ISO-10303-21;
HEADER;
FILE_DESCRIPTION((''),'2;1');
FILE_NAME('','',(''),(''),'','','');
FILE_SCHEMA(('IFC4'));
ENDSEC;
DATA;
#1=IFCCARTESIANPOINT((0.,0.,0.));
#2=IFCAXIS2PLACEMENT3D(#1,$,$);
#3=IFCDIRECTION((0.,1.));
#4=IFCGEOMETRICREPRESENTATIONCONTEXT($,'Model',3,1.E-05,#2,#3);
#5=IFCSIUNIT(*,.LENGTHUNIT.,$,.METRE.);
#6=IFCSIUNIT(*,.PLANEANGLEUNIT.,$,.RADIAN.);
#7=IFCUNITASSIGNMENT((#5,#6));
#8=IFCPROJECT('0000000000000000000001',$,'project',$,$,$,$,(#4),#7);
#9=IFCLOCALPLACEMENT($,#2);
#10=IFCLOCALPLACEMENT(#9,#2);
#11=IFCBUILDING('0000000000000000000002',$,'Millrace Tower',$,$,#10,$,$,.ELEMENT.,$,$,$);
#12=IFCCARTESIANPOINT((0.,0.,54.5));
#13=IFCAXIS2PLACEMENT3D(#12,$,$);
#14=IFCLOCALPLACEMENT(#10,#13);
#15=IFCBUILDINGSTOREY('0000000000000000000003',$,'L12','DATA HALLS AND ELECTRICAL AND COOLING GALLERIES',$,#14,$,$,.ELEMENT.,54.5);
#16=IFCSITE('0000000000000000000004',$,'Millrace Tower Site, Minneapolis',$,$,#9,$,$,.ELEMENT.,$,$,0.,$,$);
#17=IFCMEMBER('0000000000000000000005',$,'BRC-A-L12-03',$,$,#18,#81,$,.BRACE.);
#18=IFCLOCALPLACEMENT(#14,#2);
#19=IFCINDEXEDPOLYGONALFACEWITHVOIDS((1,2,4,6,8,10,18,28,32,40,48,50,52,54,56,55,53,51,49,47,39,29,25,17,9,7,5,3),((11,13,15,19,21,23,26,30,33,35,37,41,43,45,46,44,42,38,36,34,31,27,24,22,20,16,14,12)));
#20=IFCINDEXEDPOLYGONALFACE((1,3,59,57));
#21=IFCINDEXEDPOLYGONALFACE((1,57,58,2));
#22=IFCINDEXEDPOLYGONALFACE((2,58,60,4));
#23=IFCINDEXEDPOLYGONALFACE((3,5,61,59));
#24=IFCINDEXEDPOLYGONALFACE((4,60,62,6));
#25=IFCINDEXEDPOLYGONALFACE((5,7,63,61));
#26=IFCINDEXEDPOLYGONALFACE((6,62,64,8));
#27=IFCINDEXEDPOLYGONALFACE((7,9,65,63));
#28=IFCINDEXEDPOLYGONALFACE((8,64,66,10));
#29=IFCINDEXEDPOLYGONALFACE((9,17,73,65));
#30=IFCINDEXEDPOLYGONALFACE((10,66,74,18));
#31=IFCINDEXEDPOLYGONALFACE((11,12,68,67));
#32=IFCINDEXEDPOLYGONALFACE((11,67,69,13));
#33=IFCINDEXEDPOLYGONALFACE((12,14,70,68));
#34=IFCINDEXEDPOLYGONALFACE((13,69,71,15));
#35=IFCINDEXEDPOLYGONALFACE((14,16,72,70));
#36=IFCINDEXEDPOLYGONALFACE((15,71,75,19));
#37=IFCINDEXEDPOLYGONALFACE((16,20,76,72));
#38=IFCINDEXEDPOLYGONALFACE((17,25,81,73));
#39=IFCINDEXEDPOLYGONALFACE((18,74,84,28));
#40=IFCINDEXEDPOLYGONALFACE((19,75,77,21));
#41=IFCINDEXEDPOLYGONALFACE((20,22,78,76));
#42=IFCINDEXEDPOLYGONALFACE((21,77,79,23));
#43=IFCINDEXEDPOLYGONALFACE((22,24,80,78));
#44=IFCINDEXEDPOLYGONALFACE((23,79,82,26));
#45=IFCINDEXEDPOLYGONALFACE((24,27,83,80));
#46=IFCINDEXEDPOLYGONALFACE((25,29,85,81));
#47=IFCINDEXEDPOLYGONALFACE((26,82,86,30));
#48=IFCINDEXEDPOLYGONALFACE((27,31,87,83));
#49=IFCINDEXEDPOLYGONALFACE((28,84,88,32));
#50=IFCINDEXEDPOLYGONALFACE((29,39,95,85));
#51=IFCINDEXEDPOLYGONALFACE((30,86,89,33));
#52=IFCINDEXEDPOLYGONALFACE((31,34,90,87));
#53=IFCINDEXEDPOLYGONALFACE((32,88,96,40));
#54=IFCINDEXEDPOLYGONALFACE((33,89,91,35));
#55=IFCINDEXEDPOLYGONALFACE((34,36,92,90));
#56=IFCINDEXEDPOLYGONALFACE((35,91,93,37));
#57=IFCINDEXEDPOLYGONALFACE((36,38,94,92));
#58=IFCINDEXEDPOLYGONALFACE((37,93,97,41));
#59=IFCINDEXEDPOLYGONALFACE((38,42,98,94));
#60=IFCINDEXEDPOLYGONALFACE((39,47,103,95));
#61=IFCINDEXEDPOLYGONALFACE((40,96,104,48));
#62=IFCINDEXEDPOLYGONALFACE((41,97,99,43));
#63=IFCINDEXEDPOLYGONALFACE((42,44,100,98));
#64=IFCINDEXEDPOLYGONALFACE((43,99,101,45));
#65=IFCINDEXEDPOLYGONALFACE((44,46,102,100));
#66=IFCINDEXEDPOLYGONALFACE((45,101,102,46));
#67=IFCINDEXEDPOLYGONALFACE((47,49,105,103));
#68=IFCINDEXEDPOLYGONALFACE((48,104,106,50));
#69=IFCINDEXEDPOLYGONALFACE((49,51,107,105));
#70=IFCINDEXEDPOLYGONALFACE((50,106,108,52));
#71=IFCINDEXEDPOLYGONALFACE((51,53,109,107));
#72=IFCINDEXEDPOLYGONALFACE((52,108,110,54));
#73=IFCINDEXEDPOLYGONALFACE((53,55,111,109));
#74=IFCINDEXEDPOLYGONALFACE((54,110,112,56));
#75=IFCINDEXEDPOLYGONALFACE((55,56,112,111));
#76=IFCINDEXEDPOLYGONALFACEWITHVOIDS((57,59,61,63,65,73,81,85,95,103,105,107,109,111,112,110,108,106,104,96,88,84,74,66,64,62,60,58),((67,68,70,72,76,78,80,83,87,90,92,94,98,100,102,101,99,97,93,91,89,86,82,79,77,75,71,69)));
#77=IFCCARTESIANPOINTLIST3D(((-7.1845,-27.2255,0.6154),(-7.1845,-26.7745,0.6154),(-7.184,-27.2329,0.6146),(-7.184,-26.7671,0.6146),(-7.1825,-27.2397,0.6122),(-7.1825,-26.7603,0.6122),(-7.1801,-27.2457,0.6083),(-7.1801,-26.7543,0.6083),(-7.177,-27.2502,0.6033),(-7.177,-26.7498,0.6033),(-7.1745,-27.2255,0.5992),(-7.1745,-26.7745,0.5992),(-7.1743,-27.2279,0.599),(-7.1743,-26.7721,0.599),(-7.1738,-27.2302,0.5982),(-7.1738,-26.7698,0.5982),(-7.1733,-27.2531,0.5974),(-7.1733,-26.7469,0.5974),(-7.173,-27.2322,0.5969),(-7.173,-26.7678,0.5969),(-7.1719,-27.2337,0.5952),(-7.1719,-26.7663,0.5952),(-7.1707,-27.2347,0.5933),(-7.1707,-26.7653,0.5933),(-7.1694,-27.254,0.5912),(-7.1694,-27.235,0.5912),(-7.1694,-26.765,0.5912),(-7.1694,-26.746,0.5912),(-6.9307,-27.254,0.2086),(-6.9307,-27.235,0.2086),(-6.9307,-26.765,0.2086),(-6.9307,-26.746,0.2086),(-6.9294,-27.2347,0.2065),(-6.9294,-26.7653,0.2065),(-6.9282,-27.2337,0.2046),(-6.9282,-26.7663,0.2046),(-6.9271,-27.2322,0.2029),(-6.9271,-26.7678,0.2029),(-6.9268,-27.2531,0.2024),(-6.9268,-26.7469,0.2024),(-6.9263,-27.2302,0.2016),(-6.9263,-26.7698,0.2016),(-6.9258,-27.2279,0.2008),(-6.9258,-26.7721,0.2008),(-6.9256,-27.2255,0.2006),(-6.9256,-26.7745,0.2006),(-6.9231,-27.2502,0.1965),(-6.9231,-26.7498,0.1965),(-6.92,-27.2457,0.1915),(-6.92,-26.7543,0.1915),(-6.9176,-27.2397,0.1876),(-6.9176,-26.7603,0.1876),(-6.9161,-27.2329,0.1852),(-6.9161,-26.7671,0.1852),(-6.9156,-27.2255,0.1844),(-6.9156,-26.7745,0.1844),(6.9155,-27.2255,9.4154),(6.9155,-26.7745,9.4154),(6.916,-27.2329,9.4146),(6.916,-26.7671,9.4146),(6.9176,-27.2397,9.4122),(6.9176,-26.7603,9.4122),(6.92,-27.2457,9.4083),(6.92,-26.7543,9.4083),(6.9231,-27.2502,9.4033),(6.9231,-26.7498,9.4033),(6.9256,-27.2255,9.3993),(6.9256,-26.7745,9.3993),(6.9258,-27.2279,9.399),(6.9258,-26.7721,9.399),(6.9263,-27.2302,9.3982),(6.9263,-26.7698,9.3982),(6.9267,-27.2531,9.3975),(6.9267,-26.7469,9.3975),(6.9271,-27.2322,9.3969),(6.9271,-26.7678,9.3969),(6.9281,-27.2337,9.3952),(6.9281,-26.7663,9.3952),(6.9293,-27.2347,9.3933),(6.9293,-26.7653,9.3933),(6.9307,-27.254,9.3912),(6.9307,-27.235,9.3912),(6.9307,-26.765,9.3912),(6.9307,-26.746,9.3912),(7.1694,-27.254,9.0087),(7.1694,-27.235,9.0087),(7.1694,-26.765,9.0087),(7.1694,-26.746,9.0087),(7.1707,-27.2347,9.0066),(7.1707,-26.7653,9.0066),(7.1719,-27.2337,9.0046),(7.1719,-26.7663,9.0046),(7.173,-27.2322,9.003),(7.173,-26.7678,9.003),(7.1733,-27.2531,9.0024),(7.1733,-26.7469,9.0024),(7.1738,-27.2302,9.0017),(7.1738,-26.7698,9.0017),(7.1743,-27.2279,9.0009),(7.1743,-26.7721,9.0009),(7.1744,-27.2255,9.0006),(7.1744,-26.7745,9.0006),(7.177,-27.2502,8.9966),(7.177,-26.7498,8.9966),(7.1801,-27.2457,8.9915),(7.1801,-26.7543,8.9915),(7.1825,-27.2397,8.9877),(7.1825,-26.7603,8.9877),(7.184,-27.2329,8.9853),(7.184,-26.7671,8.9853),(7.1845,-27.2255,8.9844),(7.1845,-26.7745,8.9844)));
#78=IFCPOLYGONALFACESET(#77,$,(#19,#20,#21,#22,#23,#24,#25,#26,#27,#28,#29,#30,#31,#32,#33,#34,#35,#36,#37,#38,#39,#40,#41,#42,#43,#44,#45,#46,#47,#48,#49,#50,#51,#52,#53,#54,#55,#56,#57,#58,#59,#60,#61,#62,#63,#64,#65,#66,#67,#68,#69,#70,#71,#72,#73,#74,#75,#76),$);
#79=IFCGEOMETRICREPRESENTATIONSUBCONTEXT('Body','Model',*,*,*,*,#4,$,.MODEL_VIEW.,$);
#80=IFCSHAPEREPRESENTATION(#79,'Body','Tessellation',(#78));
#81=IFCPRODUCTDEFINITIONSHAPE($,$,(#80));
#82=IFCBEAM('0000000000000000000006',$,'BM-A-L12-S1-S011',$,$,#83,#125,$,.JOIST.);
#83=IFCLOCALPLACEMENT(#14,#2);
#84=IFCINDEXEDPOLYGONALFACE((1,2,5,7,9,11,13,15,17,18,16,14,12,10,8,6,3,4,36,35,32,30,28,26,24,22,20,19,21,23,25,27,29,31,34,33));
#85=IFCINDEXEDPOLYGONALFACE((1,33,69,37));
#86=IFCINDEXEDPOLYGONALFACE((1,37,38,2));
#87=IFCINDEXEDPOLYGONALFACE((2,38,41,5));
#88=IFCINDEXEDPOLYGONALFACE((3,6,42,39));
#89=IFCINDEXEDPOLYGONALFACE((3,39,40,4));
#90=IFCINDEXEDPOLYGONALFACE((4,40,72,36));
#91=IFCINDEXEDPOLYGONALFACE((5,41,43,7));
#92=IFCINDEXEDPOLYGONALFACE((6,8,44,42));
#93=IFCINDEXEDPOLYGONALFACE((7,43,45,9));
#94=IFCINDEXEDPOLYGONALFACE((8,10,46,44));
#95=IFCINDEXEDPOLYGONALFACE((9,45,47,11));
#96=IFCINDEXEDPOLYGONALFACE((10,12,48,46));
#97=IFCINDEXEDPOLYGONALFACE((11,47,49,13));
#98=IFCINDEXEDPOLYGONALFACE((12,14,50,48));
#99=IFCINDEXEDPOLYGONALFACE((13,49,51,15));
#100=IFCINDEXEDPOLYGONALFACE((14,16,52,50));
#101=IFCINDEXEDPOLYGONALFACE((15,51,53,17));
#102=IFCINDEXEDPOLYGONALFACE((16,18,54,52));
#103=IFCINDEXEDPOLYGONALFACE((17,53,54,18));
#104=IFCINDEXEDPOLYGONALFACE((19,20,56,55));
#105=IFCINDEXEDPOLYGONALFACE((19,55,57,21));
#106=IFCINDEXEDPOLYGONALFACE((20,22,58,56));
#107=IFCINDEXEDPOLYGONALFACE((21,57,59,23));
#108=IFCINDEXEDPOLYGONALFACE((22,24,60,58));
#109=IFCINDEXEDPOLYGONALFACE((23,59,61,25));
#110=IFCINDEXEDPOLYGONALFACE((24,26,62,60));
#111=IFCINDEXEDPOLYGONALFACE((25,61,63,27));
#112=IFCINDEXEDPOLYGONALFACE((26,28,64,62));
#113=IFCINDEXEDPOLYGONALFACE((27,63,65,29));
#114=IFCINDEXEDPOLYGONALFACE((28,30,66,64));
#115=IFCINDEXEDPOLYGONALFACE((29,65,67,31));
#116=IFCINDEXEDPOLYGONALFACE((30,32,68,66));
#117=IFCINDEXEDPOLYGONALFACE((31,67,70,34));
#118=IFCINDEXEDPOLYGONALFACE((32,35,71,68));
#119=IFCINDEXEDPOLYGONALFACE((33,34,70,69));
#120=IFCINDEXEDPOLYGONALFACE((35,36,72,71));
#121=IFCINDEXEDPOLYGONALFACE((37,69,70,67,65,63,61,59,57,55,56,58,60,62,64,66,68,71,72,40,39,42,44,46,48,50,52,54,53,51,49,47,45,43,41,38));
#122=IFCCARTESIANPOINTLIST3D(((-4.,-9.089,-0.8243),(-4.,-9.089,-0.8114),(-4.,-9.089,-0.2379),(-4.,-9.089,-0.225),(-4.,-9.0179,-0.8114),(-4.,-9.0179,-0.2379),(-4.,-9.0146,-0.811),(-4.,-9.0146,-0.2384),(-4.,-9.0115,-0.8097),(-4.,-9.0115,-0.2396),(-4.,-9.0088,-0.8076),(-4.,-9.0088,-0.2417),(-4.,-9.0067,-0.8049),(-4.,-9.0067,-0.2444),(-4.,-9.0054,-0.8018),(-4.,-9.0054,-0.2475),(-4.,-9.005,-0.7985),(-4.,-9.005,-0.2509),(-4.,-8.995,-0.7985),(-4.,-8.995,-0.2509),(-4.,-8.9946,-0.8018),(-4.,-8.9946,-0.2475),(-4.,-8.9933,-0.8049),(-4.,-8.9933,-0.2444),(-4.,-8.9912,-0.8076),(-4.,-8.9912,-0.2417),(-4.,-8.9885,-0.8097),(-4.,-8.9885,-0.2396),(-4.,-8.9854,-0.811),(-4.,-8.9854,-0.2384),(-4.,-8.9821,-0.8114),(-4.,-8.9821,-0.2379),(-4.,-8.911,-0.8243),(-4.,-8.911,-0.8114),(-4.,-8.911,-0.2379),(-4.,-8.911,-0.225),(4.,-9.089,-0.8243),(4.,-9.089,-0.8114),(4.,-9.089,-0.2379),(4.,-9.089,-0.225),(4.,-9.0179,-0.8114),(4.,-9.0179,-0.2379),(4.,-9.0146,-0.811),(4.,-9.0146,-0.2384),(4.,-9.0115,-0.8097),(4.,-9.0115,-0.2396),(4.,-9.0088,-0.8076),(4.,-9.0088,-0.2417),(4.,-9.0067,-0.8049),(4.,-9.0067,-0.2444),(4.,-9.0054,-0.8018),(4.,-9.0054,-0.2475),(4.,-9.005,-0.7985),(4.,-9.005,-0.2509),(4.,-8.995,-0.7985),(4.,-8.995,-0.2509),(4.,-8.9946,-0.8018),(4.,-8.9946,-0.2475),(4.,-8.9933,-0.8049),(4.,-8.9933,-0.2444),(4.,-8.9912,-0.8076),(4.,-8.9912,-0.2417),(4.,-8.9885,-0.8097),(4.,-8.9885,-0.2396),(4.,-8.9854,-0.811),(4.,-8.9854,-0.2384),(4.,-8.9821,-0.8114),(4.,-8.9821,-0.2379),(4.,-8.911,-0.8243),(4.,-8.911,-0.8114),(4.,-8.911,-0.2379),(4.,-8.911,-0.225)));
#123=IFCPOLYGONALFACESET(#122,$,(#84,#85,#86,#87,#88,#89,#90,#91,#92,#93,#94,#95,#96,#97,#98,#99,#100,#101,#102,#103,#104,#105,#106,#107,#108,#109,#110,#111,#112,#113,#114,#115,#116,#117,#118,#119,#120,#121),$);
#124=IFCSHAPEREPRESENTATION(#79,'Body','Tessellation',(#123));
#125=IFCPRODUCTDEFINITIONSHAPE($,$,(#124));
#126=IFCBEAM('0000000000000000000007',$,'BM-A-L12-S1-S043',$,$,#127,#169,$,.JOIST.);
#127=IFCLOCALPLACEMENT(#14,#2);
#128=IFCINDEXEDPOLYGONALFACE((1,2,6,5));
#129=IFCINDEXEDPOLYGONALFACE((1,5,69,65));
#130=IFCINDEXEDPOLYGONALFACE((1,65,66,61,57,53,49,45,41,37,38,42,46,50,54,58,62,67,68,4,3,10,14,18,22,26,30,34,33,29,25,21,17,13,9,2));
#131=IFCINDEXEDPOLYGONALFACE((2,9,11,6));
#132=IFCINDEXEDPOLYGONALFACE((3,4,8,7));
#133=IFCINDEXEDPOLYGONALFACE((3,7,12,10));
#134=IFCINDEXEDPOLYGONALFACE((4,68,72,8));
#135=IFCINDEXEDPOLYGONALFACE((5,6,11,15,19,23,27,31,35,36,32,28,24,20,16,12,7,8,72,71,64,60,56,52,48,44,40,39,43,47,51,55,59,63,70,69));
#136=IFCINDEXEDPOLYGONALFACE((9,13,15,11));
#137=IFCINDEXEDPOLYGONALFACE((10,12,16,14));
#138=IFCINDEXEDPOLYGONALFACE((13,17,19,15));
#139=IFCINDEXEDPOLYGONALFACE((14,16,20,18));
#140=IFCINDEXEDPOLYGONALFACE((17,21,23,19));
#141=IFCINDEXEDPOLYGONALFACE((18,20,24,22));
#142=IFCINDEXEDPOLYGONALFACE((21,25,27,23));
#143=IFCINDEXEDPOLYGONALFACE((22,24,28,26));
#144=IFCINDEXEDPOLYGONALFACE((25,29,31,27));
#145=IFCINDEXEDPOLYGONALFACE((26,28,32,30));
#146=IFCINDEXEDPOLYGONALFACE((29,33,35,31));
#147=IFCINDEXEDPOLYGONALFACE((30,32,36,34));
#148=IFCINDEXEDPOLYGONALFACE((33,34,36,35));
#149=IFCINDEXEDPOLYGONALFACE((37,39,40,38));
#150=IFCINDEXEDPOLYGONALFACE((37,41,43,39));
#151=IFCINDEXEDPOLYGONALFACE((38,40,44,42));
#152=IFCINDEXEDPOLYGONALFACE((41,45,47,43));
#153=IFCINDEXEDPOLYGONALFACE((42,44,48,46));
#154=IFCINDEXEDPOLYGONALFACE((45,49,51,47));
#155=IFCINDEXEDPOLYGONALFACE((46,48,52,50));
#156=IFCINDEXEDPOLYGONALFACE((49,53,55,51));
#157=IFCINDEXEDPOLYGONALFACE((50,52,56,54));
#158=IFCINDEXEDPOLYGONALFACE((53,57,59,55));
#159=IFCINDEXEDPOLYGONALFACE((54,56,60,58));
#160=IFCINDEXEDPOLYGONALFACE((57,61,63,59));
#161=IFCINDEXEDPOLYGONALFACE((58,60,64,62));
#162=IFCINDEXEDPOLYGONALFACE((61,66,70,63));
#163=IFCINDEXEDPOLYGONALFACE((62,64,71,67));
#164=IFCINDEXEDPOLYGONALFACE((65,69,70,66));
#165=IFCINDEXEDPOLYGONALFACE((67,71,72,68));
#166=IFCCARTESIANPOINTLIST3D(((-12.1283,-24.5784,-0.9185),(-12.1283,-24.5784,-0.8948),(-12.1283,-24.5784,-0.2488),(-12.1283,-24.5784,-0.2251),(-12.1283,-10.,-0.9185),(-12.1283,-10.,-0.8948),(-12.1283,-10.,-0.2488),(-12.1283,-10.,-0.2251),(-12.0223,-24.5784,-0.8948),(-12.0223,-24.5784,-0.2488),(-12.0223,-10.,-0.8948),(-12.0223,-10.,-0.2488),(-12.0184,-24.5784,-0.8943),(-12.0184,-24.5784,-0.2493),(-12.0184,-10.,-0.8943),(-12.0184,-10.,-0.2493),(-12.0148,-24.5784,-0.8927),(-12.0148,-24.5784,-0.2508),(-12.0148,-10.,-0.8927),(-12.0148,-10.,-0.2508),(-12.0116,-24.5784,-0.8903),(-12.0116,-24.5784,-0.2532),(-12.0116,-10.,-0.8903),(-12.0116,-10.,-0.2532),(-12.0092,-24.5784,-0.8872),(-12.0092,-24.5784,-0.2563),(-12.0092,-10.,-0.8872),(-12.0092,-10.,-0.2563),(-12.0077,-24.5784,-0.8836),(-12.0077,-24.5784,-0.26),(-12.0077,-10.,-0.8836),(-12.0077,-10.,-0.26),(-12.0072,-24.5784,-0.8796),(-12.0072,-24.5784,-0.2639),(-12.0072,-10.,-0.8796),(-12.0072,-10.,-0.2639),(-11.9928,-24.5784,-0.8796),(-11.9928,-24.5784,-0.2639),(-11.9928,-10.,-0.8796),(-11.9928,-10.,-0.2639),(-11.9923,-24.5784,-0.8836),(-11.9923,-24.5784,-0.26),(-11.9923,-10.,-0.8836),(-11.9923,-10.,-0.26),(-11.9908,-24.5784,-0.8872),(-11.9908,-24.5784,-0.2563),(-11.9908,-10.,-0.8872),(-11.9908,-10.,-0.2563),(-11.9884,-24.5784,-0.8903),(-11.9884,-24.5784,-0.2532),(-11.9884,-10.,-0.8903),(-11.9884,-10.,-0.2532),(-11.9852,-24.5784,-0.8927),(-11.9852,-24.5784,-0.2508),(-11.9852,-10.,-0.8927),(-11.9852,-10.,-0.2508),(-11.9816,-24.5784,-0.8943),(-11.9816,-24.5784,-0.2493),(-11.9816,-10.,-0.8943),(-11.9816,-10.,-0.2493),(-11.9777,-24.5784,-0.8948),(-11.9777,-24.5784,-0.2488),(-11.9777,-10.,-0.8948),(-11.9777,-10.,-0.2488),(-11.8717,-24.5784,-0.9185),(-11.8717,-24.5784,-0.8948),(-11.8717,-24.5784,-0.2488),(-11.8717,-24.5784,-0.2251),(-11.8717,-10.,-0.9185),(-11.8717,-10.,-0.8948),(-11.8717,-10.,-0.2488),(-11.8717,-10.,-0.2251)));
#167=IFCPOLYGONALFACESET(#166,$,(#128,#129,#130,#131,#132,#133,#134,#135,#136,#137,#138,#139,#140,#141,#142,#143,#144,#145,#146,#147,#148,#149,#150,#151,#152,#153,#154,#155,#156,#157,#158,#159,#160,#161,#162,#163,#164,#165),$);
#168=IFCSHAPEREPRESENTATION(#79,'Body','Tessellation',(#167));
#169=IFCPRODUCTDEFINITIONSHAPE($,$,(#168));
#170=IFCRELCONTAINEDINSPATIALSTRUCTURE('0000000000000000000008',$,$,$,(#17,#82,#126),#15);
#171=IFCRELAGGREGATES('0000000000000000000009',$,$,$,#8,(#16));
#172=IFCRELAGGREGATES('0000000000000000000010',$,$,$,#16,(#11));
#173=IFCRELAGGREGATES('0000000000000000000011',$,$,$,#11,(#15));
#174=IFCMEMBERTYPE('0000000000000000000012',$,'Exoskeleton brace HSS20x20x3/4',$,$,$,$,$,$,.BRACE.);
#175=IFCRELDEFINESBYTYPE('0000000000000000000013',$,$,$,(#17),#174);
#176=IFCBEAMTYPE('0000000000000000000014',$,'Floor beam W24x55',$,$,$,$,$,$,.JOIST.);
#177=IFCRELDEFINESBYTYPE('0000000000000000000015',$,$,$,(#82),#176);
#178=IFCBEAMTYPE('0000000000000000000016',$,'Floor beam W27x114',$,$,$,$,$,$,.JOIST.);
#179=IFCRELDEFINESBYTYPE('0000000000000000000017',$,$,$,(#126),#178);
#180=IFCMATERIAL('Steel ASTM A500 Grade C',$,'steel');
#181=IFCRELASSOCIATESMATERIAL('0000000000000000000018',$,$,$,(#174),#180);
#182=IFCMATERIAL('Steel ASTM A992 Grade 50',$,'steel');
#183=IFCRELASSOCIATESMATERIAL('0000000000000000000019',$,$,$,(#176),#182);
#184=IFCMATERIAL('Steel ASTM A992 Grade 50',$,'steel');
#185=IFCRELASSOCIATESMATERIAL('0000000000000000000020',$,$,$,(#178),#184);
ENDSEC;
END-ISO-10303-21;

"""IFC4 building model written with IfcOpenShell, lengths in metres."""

from ifc_helpers import new_model, si_unit, direction, frame, origin, origin_2d, place, context, subcontext, project, spatial, hollow_rectangle, i_section, extrude, material, material_profile, profile_set, type_object, element, save


model = new_model("IFC4")

# Units and contexts
model_context = context("Model", 3, precision=1e-05, world=origin(), true_north=direction((0.0, 1.0)))
body_context = subcontext(model_context, "Body", "Model", "MODEL_VIEW")
ifc_project = project(units=[si_unit("LENGTHUNIT", "METRE"), si_unit("PLANEANGLEUNIT", "RADIAN")], contexts=[model_context])

# Site, building, storey
site_placement = place(None, origin())
site = spatial("IfcSite", under=ifc_project, at=site_placement, Name="Millrace Tower Site, Minneapolis", CompositionType="ELEMENT", RefElevation=0.0)
building_placement = place(site_placement, origin())
building = spatial("IfcBuilding", under=site, at=building_placement, Name="Millrace Tower", CompositionType="ELEMENT")
storey_placement = place(building_placement, frame((0.0, 0.0, 54.5)))
storey = spatial("IfcBuildingStorey", under=building, at=storey_placement, Name="L12", Description="DATA HALLS AND ELECTRICAL AND COOLING GALLERIES", CompositionType="ELEMENT", Elevation=54.5)

# Member
ifc_material_1 = material(Name="Steel ASTM A500 Grade C", Category="steel")
ifc_material_profile_1 = material_profile(ifc_material_1, hollow_rectangle(XDim=0.5081, YDim=0.5081, WallThickness=0.019, InnerFilletRadius=0.0095, OuterFilletRadius=0.0286, at=origin_2d()))
ifc_profile_set_1 = profile_set([ifc_material_profile_1], Name="Steel ASTM A500 Grade C")
member_type_1 = type_object("IfcMemberType", Name="Exoskeleton brace HSS20x20x3/4", PredefinedType="BRACE", material=ifc_profile_set_1)
member_1_placement = place(storey_placement, frame((-7.05, -27.0, 0.3999), z_axis=(0.848336, 0.0, 0.529457), x_axis=(0.0, 1.0, 0.0)))
element("IfcMember", 1, at=member_1_placement, inside=storey, type_object=member_type_1, Name="BRC-A-L12-03", PredefinedType="BRACE", context=body_context, shape_type="SweptSolid", body=[
    extrude(hollow_rectangle(XDim=0.5081, YDim=0.5081, WallThickness=0.019, InnerFilletRadius=0.0095, OuterFilletRadius=0.0286, at=origin_2d()), origin(), (0.0, 0.0, 1.0), 16.6208),
])

# Beams
ifc_material_2 = material(Name="Steel ASTM A992 Grade 50", Category="steel")
ifc_material_profile_2 = material_profile(ifc_material_2, i_section(OverallWidth=0.178, OverallDepth=0.5994, WebThickness=0.01, FlangeThickness=0.0129, FilletRadius=0.0129, at=origin_2d()))
ifc_profile_set_2 = profile_set([ifc_material_profile_2], Name="Steel ASTM A992 Grade 50")
beam_type_1 = type_object("IfcBeamType", Name="Floor beam W24x55", PredefinedType="JOIST", material=ifc_profile_set_2)
beam_1_placement = place(storey_placement, frame((-4.0, -9.0, -0.5247), z_axis=(1.0, 0.0, 0.0), x_axis=(0.0, 1.0, 0.0)))
element("IfcBeam", 2, at=beam_1_placement, inside=storey, type_object=beam_type_1, Name="BM-A-L12-S1-S011", PredefinedType="JOIST", context=body_context, shape_type="SweptSolid", body=[
    extrude(i_section(OverallWidth=0.178, OverallDepth=0.5994, WebThickness=0.01, FlangeThickness=0.0129, FilletRadius=0.0129, at=origin_2d()), origin(), (0.0, 0.0, 1.0), 8.0),
])
ifc_material_3 = material(Name="Steel ASTM A992 Grade 50", Category="steel")
ifc_material_profile_3 = material_profile(ifc_material_3, i_section(OverallWidth=0.2566, OverallDepth=0.6934, WebThickness=0.0144, FlangeThickness=0.0237, FilletRadius=0.0151, at=origin_2d()))
ifc_profile_set_3 = profile_set([ifc_material_profile_3], Name="Steel ASTM A992 Grade 50")
beam_type_2 = type_object("IfcBeamType", Name="Floor beam W27x114", PredefinedType="JOIST", material=ifc_profile_set_3)
for number, where, z_axis, x_axis, name in (
    (3, (-12.0, -24.5784, -0.5718), (0.0, 1.0, 0.0), (-1.0, 0.0, 0.0), "BM-A-L12-S1-S043"),
):
    element("IfcBeam", number, at=place(storey_placement, frame(where, z_axis=z_axis, x_axis=x_axis)), inside=storey, type_object=beam_type_2, Name=name, PredefinedType="JOIST", context=body_context, shape_type="SweptSolid", body=[
        extrude(i_section(OverallWidth=0.2566, OverallDepth=0.6934, WebThickness=0.0144, FlangeThickness=0.0237, FilletRadius=0.0151, at=origin_2d()), origin(), (0.0, 0.0, 1.0), 14.5784),
    ])

save(model, "model.ifc")
